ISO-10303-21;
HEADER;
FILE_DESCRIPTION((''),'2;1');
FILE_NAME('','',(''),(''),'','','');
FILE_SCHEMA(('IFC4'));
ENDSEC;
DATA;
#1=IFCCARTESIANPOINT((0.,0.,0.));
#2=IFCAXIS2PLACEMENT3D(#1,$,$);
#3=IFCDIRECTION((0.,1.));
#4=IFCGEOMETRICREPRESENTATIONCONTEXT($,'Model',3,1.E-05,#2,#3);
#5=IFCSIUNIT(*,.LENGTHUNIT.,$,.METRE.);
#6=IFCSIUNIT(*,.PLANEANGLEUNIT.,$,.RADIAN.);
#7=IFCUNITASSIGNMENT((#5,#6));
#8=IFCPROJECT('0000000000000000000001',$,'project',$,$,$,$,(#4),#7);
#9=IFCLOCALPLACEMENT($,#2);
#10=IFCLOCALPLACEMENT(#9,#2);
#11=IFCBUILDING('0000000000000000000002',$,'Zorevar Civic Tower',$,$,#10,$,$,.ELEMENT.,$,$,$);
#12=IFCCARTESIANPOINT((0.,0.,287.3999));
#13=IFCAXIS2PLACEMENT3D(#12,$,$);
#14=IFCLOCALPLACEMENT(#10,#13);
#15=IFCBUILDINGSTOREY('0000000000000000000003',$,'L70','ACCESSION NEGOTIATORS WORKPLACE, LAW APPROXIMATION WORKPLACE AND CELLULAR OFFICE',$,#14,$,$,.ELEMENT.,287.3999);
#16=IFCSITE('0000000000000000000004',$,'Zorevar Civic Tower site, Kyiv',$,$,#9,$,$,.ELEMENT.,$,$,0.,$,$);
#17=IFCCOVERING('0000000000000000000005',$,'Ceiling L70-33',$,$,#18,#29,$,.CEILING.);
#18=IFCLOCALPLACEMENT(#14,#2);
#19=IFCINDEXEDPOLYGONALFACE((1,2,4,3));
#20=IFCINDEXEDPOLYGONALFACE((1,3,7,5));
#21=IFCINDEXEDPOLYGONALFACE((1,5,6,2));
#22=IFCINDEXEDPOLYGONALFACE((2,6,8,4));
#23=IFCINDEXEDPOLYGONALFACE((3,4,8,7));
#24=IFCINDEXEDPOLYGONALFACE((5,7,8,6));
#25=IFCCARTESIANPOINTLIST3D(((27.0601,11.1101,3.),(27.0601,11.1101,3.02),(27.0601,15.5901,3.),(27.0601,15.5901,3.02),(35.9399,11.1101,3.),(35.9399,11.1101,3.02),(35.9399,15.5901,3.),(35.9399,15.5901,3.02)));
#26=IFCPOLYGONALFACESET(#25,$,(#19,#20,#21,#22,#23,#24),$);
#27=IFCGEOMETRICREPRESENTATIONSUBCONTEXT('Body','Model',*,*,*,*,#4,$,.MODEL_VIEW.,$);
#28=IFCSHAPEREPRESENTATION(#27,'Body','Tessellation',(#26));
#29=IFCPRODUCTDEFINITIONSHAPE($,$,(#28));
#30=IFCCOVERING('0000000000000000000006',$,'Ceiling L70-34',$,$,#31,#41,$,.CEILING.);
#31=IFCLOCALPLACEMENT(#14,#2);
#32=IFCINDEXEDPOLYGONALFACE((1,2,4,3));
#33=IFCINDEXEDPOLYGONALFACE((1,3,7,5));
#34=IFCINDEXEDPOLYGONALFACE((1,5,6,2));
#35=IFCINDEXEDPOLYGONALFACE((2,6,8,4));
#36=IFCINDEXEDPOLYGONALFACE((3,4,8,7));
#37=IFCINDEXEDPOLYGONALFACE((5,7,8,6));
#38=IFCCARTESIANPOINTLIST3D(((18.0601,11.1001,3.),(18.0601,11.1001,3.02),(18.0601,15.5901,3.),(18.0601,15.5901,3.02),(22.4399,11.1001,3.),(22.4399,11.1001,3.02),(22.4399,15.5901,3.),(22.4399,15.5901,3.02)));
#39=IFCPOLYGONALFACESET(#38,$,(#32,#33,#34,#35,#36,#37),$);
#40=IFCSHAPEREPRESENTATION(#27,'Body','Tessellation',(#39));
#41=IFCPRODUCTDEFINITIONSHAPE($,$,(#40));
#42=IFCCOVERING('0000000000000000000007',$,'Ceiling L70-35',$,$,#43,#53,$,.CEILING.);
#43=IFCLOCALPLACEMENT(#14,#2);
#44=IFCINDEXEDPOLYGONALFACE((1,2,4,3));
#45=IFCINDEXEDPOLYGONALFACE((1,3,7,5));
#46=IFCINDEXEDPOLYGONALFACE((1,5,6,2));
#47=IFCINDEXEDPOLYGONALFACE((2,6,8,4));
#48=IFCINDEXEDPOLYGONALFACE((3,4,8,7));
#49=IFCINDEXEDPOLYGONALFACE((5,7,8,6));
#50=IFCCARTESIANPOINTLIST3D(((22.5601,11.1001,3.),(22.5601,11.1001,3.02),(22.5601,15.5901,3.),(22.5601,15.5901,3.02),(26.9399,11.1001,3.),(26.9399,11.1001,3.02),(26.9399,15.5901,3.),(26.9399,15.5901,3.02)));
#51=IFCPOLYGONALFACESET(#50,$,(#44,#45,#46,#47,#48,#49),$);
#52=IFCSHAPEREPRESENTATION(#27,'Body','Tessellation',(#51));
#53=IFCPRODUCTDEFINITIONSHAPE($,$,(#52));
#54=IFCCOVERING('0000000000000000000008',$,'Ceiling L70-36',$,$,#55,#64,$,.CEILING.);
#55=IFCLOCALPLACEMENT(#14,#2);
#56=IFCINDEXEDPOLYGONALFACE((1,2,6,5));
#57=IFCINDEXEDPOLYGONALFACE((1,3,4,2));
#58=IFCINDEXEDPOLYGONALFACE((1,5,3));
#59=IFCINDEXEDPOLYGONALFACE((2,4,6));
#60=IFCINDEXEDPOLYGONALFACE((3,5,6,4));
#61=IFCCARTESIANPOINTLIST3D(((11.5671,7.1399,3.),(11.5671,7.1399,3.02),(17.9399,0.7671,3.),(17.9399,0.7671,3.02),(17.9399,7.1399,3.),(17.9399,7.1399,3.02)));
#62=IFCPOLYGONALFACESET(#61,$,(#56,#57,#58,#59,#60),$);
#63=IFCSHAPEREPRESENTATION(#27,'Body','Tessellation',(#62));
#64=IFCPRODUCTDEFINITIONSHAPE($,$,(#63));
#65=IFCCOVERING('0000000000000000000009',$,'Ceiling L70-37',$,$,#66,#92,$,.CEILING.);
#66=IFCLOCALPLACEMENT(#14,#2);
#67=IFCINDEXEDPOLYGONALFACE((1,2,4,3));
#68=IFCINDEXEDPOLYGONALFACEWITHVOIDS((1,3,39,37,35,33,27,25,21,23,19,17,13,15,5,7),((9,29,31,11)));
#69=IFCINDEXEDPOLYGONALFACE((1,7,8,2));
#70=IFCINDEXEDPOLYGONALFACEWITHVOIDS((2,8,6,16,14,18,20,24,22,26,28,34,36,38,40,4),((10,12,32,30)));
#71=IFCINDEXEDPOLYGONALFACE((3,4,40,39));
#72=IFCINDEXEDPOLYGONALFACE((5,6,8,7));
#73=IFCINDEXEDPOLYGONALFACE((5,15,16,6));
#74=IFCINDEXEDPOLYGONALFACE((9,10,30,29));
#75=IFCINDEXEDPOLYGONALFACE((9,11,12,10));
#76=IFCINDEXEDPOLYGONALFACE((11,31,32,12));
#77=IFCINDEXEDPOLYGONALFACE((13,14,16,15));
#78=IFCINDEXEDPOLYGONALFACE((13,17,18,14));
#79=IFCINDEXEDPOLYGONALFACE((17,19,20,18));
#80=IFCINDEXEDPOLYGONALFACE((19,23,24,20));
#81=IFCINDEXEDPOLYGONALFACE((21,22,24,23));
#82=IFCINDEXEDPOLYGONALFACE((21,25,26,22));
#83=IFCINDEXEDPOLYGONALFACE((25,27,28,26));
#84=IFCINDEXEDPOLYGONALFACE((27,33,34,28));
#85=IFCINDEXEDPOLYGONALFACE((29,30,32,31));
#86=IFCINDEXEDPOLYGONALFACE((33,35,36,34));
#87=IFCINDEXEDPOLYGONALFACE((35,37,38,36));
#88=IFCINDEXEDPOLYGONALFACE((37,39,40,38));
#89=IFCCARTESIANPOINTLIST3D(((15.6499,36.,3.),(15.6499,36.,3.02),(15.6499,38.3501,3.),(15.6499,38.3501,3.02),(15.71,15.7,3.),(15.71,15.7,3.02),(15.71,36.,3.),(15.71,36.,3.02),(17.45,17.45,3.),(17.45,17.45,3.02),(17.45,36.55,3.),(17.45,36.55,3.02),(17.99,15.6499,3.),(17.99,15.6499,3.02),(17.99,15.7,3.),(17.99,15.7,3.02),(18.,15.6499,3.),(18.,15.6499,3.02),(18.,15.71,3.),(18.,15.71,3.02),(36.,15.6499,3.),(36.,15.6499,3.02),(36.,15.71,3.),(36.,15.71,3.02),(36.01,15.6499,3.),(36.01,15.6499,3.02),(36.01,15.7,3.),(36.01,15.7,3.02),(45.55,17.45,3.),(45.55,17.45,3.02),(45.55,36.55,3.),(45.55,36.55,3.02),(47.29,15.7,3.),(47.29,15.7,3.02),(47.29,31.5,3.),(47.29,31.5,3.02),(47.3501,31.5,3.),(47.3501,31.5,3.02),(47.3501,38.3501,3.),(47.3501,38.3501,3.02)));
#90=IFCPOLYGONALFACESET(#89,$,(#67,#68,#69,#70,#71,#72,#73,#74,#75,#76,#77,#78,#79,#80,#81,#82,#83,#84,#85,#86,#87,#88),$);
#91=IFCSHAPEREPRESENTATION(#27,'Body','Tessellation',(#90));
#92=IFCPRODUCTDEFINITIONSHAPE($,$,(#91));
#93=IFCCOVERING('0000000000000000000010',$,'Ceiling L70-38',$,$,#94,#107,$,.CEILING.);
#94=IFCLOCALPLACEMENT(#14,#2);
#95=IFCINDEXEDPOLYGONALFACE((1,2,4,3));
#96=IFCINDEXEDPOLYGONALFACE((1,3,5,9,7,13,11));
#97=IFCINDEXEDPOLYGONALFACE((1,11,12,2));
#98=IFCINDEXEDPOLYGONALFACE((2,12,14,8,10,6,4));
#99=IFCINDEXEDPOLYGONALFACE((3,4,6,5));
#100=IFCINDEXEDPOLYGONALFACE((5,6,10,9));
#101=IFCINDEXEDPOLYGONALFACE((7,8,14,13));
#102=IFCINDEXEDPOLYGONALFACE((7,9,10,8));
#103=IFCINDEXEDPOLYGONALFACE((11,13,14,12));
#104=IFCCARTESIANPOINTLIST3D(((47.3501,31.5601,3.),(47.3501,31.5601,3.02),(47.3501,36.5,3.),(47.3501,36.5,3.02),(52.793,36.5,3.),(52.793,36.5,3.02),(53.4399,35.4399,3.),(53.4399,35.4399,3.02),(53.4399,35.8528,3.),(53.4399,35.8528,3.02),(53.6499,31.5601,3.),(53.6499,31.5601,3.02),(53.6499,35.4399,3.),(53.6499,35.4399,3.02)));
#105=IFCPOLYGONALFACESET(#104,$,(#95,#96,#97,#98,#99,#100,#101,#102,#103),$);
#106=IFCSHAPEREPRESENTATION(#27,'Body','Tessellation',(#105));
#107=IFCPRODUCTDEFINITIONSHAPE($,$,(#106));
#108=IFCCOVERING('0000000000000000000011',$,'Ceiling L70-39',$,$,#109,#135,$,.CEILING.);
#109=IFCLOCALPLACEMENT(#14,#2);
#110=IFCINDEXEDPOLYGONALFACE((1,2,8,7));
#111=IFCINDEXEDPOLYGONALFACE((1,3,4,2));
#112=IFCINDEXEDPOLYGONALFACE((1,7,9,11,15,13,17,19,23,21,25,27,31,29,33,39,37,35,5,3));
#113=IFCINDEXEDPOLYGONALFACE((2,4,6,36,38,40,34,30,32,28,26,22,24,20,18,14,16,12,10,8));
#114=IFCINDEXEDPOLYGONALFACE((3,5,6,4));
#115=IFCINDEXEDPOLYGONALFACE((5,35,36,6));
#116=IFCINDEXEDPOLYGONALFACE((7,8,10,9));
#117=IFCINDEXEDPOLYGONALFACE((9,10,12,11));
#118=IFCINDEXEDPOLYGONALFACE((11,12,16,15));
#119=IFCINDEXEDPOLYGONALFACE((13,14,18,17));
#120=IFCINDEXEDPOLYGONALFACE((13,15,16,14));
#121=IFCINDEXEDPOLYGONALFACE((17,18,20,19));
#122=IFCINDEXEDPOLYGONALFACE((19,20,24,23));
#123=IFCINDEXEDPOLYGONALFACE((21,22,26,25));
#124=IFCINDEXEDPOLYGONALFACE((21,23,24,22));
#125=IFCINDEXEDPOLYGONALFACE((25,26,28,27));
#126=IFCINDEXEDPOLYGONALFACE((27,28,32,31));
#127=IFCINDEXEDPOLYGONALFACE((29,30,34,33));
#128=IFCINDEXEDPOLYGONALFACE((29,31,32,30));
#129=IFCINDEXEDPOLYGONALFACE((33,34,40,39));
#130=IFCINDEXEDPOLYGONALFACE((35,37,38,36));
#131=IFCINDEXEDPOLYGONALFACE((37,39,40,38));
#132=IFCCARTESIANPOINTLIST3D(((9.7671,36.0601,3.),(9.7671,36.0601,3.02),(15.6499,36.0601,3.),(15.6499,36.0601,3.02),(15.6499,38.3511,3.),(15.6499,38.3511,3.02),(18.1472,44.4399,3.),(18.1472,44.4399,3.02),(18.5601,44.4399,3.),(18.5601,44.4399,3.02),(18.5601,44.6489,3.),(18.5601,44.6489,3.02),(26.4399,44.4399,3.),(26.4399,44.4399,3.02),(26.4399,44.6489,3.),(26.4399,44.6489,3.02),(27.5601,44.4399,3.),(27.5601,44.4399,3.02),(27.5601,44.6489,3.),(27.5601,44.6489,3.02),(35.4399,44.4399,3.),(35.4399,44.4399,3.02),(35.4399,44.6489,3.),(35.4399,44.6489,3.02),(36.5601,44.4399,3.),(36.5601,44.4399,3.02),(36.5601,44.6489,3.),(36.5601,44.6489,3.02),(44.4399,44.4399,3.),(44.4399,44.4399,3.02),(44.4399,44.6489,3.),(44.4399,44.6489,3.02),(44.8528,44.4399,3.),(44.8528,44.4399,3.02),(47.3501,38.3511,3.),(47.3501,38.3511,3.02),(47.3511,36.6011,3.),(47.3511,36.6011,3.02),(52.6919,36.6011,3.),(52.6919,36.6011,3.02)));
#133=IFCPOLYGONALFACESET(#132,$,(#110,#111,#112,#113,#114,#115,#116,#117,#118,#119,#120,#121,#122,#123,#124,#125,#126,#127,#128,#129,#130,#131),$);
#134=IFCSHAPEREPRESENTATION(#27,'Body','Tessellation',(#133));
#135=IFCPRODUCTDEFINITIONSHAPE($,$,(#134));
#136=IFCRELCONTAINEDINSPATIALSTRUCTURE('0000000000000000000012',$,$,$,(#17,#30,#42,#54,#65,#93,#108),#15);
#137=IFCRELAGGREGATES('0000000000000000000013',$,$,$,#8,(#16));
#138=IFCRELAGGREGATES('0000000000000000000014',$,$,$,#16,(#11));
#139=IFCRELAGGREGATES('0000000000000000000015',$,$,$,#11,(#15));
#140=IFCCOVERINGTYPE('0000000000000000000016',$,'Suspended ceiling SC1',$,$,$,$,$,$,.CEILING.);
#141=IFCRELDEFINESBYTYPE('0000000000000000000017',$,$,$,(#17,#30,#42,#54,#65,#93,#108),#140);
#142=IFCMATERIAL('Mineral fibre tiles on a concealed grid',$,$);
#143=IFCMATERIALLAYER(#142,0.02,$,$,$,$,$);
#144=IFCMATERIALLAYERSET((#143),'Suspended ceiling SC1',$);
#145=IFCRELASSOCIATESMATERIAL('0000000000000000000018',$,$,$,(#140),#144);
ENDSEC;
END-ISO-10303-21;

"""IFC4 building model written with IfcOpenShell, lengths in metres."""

from ifc_helpers import new_model, si_unit, direction, frame, origin, place, context, subcontext, project, spatial, polyline, outline, extrude, material, layer, layer_set, type_object, element, save


model = new_model("IFC4")

# Units and contexts
model_context = context("Model", 3, precision=1e-05, world=origin(), true_north=direction((0.0, 1.0)))
body_context = subcontext(model_context, "Body", "Model", "MODEL_VIEW")
ifc_project = project(units=[si_unit("LENGTHUNIT", "METRE"), si_unit("PLANEANGLEUNIT", "RADIAN")], contexts=[model_context])

# Site, building, storey
site_placement = place(None, origin())
site = spatial("IfcSite", under=ifc_project, at=site_placement, Name="Zorevar Civic Tower site, Kyiv", CompositionType="ELEMENT", RefElevation=0.0)
building_placement = place(site_placement, origin())
building = spatial("IfcBuilding", under=site, at=building_placement, Name="Zorevar Civic Tower", CompositionType="ELEMENT")
storey_placement = place(building_placement, frame((0.0, 0.0, 287.3999)))
storey = spatial("IfcBuildingStorey", under=building, at=storey_placement, Name="L70", Description="ACCESSION NEGOTIATORS WORKPLACE, LAW APPROXIMATION WORKPLACE AND CELLULAR OFFICE", CompositionType="ELEMENT", Elevation=287.3999)

# Coverings
ifc_material_1 = material(Name="Mineral fibre tiles on a concealed grid")
ifc_layer_1 = layer(ifc_material_1, 0.02)
ifc_layer_set_1 = layer_set([ifc_layer_1], Name="Suspended ceiling SC1")
covering_type_1 = type_object("IfcCoveringType", Name="Suspended ceiling SC1", PredefinedType="CEILING", material=ifc_layer_set_1)
covering_1_placement = place(storey_placement, frame((0.0, 0.0, 3.0)))
element("IfcCovering", 1, at=covering_1_placement, inside=storey, type_object=covering_type_1, Name="Ceiling L70-33", PredefinedType="CEILING", context=body_context, shape_type="SweptSolid", body=[
    extrude(outline(polyline([(35.9399, 11.1101), (27.0601, 11.1101), (27.0601, 15.5901), (35.9399, 15.5901), (35.9399, 11.1101)])), origin(), (0.0, 0.0, 1.0), 0.02),
])
covering_2_placement = place(storey_placement, frame((0.0, 0.0, 3.0)))
element("IfcCovering", 2, at=covering_2_placement, inside=storey, type_object=covering_type_1, Name="Ceiling L70-34", PredefinedType="CEILING", context=body_context, shape_type="SweptSolid", body=[
    extrude(outline(polyline([(18.0601, 11.1001), (18.0601, 15.5901), (22.4399, 15.5901), (22.4399, 11.1001), (18.0601, 11.1001)])), origin(), (0.0, 0.0, 1.0), 0.02),
])
covering_3_placement = place(storey_placement, frame((0.0, 0.0, 3.0)))
element("IfcCovering", 3, at=covering_3_placement, inside=storey, type_object=covering_type_1, Name="Ceiling L70-35", PredefinedType="CEILING", context=body_context, shape_type="SweptSolid", body=[
    extrude(outline(polyline([(22.5601, 11.1001), (22.5601, 15.5901), (26.9399, 15.5901), (26.9399, 11.1001), (22.5601, 11.1001)])), origin(), (0.0, 0.0, 1.0), 0.02),
])
covering_4_placement = place(storey_placement, frame((0.0, 0.0, 3.0)))
element("IfcCovering", 4, at=covering_4_placement, inside=storey, type_object=covering_type_1, Name="Ceiling L70-36", PredefinedType="CEILING", context=body_context, shape_type="SweptSolid", body=[
    extrude(outline(polyline([(17.9399, 7.1399), (17.9399, 0.7671), (11.5671, 7.1399), (17.9399, 7.1399)])), origin(), (0.0, 0.0, 1.0), 0.02),
])
covering_5_placement = place(storey_placement, frame((0.0, 0.0, 3.0)))
element("IfcCovering", 5, at=covering_5_placement, inside=storey, type_object=covering_type_1, Name="Ceiling L70-37", PredefinedType="CEILING", context=body_context, shape_type="SweptSolid", body=[
    extrude(outline(polyline([(47.3501, 38.3501), (47.3501, 31.5), (47.29, 31.5), (47.29, 15.7), (36.01, 15.7), (36.01, 15.6499), (36.0, 15.6499), (36.0, 15.71), (18.0, 15.71), (18.0, 15.6499), (17.99, 15.6499), (17.99, 15.7), (15.71, 15.7), (15.71, 36.0), (15.6499, 36.0), (15.6499, 38.3501), (47.3501, 38.3501)]), holes=[polyline([(45.55, 17.45), (45.55, 36.55), (17.45, 36.55), (17.45, 17.45), (45.55, 17.45)])]), origin(), (0.0, 0.0, 1.0), 0.02),
])
covering_6_placement = place(storey_placement, frame((0.0, 0.0, 3.0)))
element("IfcCovering", 6, at=covering_6_placement, inside=storey, type_object=covering_type_1, Name="Ceiling L70-38", PredefinedType="CEILING", context=body_context, shape_type="SweptSolid", body=[
    extrude(outline(polyline([(47.3501, 36.5), (52.793, 36.5), (53.4399, 35.8528), (53.4399, 35.4399), (53.6499, 35.4399), (53.6499, 31.5601), (47.3501, 31.5601), (47.3501, 36.5)])), origin(), (0.0, 0.0, 1.0), 0.02),
])
covering_7_placement = place(storey_placement, frame((0.0, 0.0, 3.0)))
element("IfcCovering", 7, at=covering_7_placement, inside=storey, type_object=covering_type_1, Name="Ceiling L70-39", PredefinedType="CEILING", context=body_context, shape_type="SweptSolid", body=[
    extrude(outline(polyline([(18.5601, 44.4399), (18.5601, 44.6489), (26.4399, 44.6489), (26.4399, 44.4399), (27.5601, 44.4399), (27.5601, 44.6489), (35.4399, 44.6489), (35.4399, 44.4399), (36.5601, 44.4399), (36.5601, 44.6489), (44.4399, 44.6489), (44.4399, 44.4399), (44.8528, 44.4399), (52.6919, 36.6011), (47.3511, 36.6011), (47.3501, 38.3511), (15.6499, 38.3511), (15.6499, 36.0601), (9.7671, 36.0601), (18.1472, 44.4399), (18.5601, 44.4399)])), origin(), (0.0, 0.0, 1.0), 0.02),
])

save(model, "model.ifc")
